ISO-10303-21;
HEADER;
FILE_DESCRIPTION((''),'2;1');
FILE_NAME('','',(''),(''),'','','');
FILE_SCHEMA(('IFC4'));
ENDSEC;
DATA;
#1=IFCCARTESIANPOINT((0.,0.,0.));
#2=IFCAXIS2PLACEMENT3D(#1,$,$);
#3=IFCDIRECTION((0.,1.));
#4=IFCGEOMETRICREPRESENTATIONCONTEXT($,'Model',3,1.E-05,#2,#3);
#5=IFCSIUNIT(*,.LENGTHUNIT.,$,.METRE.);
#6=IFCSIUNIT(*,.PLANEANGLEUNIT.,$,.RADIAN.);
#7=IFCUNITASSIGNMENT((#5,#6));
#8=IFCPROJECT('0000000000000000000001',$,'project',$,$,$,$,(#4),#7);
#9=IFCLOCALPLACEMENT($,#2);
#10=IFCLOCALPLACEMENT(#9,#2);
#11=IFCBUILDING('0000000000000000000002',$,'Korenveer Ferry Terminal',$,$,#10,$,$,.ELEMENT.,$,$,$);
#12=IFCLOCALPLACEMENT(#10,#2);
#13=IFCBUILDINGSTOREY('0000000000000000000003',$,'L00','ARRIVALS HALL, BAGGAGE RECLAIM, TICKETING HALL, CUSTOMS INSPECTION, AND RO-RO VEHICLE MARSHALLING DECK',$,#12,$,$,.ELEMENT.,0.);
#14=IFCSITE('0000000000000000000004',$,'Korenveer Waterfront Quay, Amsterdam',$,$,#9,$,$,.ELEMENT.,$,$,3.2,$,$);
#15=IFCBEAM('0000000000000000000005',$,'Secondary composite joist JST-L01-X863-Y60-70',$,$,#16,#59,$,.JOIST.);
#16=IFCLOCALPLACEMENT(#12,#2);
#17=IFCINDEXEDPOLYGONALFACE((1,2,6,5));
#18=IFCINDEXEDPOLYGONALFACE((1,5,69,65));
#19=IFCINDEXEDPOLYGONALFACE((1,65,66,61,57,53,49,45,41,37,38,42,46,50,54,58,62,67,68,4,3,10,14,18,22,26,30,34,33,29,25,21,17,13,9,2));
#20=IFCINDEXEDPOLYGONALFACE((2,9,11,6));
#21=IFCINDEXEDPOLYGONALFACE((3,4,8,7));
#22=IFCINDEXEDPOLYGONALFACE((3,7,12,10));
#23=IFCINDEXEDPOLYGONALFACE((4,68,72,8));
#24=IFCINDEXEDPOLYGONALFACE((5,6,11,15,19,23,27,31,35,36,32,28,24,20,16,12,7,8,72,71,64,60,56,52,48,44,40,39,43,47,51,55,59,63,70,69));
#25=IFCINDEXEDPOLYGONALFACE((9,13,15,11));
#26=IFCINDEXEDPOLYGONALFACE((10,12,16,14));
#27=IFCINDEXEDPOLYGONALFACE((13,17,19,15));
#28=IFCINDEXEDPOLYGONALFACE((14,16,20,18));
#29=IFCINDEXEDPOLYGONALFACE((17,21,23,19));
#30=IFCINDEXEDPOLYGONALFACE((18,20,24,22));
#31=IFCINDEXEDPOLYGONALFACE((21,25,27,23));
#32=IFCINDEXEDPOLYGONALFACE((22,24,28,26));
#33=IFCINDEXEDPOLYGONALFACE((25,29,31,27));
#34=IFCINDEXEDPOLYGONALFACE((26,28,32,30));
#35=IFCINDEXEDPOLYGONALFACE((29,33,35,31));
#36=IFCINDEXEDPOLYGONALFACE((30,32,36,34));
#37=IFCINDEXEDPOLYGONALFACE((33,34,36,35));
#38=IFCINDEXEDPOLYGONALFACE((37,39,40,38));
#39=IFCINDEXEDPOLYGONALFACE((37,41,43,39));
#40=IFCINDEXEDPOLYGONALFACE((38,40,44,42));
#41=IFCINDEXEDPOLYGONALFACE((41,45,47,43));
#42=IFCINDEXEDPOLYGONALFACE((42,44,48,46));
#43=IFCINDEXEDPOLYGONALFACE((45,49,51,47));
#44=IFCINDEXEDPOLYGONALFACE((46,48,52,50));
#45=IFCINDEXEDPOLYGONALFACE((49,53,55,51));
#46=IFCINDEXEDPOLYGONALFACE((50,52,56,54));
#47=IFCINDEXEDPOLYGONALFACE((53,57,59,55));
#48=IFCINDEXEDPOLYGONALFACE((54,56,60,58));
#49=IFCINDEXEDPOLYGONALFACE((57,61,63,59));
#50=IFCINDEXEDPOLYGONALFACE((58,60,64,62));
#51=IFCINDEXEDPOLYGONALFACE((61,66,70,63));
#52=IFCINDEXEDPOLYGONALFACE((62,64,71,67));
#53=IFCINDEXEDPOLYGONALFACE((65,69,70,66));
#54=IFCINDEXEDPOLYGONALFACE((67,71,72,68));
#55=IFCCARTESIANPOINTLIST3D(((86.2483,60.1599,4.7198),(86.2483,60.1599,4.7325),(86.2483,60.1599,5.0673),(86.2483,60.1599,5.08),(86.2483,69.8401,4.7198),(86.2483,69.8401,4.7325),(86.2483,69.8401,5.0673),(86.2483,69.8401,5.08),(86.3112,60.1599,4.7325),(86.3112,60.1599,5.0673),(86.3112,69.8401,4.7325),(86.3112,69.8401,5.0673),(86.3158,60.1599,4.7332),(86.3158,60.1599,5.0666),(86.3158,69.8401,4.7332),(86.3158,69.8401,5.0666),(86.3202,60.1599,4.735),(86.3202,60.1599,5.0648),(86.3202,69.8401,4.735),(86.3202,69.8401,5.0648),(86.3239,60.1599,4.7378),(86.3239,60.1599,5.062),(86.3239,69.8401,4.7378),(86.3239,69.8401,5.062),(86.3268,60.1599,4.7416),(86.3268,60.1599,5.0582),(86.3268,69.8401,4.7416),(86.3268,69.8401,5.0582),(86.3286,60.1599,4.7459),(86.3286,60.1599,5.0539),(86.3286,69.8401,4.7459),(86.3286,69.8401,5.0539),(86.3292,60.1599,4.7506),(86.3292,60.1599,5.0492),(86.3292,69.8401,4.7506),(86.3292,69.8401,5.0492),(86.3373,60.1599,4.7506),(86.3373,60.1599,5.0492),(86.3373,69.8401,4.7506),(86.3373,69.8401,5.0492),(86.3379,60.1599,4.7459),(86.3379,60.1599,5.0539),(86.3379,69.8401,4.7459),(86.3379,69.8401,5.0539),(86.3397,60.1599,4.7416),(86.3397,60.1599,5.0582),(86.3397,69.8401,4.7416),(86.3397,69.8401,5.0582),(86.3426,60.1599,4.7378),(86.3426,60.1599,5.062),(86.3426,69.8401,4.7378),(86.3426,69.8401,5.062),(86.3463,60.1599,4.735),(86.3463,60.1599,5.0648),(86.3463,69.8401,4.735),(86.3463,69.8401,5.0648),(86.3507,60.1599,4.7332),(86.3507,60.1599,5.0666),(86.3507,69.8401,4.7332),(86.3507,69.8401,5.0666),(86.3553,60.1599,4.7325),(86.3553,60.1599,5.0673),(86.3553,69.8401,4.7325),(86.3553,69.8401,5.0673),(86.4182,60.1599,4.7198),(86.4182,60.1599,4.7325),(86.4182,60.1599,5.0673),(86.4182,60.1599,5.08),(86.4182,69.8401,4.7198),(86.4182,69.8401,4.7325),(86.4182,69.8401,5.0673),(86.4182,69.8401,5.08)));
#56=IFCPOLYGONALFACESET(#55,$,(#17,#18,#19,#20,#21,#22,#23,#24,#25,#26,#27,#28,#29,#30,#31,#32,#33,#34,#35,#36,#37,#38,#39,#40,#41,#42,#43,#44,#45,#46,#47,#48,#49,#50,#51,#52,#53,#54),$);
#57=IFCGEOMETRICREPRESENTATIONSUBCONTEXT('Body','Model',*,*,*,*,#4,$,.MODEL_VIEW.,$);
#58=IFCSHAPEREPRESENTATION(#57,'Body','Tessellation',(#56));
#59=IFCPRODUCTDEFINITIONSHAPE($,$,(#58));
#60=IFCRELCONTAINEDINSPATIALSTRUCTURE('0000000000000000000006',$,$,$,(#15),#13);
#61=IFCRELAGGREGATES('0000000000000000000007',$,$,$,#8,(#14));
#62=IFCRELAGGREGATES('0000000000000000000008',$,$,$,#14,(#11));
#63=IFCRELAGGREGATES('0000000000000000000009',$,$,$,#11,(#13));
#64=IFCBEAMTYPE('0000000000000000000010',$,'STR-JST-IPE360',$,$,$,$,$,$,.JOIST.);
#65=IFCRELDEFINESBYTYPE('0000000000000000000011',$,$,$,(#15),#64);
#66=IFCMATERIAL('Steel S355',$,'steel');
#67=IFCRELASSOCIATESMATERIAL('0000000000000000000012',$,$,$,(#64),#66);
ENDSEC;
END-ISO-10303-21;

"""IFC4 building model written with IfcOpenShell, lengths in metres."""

from ifc_helpers import new_model, si_unit, direction, frame, origin, origin_2d, place, context, subcontext, project, spatial, i_section, extrude, material, material_profile, profile_set, type_object, element, save


model = new_model("IFC4")

# Units and contexts
model_context = context("Model", 3, precision=1e-05, world=origin(), true_north=direction((0.0, 1.0)))
body_context = subcontext(model_context, "Body", "Model", "MODEL_VIEW")
ifc_project = project(units=[si_unit("LENGTHUNIT", "METRE"), si_unit("PLANEANGLEUNIT", "RADIAN")], contexts=[model_context])

# Site, building, storey
site_placement = place(None, origin())
site = spatial("IfcSite", under=ifc_project, at=site_placement, Name="Korenveer Waterfront Quay, Amsterdam", CompositionType="ELEMENT", RefElevation=3.2)
building_placement = place(site_placement, origin())
building = spatial("IfcBuilding", under=site, at=building_placement, Name="Korenveer Ferry Terminal", CompositionType="ELEMENT")
storey_placement = place(building_placement, origin())
storey = spatial("IfcBuildingStorey", under=building, at=storey_placement, Name="L00", Description="ARRIVALS HALL, BAGGAGE RECLAIM, TICKETING HALL, CUSTOMS INSPECTION, AND RO-RO VEHICLE MARSHALLING DECK", CompositionType="ELEMENT", Elevation=0.0)

# Shared definitions
ifc_material_1 = material(Name="Steel S355", Category="steel")

# Beam
ifc_material_profile_1 = material_profile(ifc_material_1, i_section(OverallWidth=0.1699, OverallDepth=0.3601, WebThickness=0.0081, FlangeThickness=0.0127, FilletRadius=0.0181, at=origin_2d()), Name="IPE 360")
ifc_profile_set_1 = profile_set([ifc_material_profile_1], Name="Steel S355")
beam_type_1 = type_object("IfcBeamType", Name="STR-JST-IPE360", PredefinedType="JOIST", material=ifc_profile_set_1)
for number, where, z_axis, x_axis, name in (
    (1, (86.3333, 60.1599, 4.8999), (0.0, 1.0, 0.0), (-1.0, 0.0, 0.0), "Secondary composite joist JST-L01-X863-Y60-70"),
):
    element("IfcBeam", number, at=place(storey_placement, frame(where, z_axis=z_axis, x_axis=x_axis)), inside=storey, type_object=beam_type_1, Name=name, PredefinedType="JOIST", context=body_context, shape_type="SweptSolid", body=[
        extrude(i_section(OverallWidth=0.1699, OverallDepth=0.3601, WebThickness=0.0081, FlangeThickness=0.0127, FilletRadius=0.0181, at=origin_2d()), origin(), (0.0, 0.0, 1.0), 9.6802),
    ])

save(model, "model.ifc")
